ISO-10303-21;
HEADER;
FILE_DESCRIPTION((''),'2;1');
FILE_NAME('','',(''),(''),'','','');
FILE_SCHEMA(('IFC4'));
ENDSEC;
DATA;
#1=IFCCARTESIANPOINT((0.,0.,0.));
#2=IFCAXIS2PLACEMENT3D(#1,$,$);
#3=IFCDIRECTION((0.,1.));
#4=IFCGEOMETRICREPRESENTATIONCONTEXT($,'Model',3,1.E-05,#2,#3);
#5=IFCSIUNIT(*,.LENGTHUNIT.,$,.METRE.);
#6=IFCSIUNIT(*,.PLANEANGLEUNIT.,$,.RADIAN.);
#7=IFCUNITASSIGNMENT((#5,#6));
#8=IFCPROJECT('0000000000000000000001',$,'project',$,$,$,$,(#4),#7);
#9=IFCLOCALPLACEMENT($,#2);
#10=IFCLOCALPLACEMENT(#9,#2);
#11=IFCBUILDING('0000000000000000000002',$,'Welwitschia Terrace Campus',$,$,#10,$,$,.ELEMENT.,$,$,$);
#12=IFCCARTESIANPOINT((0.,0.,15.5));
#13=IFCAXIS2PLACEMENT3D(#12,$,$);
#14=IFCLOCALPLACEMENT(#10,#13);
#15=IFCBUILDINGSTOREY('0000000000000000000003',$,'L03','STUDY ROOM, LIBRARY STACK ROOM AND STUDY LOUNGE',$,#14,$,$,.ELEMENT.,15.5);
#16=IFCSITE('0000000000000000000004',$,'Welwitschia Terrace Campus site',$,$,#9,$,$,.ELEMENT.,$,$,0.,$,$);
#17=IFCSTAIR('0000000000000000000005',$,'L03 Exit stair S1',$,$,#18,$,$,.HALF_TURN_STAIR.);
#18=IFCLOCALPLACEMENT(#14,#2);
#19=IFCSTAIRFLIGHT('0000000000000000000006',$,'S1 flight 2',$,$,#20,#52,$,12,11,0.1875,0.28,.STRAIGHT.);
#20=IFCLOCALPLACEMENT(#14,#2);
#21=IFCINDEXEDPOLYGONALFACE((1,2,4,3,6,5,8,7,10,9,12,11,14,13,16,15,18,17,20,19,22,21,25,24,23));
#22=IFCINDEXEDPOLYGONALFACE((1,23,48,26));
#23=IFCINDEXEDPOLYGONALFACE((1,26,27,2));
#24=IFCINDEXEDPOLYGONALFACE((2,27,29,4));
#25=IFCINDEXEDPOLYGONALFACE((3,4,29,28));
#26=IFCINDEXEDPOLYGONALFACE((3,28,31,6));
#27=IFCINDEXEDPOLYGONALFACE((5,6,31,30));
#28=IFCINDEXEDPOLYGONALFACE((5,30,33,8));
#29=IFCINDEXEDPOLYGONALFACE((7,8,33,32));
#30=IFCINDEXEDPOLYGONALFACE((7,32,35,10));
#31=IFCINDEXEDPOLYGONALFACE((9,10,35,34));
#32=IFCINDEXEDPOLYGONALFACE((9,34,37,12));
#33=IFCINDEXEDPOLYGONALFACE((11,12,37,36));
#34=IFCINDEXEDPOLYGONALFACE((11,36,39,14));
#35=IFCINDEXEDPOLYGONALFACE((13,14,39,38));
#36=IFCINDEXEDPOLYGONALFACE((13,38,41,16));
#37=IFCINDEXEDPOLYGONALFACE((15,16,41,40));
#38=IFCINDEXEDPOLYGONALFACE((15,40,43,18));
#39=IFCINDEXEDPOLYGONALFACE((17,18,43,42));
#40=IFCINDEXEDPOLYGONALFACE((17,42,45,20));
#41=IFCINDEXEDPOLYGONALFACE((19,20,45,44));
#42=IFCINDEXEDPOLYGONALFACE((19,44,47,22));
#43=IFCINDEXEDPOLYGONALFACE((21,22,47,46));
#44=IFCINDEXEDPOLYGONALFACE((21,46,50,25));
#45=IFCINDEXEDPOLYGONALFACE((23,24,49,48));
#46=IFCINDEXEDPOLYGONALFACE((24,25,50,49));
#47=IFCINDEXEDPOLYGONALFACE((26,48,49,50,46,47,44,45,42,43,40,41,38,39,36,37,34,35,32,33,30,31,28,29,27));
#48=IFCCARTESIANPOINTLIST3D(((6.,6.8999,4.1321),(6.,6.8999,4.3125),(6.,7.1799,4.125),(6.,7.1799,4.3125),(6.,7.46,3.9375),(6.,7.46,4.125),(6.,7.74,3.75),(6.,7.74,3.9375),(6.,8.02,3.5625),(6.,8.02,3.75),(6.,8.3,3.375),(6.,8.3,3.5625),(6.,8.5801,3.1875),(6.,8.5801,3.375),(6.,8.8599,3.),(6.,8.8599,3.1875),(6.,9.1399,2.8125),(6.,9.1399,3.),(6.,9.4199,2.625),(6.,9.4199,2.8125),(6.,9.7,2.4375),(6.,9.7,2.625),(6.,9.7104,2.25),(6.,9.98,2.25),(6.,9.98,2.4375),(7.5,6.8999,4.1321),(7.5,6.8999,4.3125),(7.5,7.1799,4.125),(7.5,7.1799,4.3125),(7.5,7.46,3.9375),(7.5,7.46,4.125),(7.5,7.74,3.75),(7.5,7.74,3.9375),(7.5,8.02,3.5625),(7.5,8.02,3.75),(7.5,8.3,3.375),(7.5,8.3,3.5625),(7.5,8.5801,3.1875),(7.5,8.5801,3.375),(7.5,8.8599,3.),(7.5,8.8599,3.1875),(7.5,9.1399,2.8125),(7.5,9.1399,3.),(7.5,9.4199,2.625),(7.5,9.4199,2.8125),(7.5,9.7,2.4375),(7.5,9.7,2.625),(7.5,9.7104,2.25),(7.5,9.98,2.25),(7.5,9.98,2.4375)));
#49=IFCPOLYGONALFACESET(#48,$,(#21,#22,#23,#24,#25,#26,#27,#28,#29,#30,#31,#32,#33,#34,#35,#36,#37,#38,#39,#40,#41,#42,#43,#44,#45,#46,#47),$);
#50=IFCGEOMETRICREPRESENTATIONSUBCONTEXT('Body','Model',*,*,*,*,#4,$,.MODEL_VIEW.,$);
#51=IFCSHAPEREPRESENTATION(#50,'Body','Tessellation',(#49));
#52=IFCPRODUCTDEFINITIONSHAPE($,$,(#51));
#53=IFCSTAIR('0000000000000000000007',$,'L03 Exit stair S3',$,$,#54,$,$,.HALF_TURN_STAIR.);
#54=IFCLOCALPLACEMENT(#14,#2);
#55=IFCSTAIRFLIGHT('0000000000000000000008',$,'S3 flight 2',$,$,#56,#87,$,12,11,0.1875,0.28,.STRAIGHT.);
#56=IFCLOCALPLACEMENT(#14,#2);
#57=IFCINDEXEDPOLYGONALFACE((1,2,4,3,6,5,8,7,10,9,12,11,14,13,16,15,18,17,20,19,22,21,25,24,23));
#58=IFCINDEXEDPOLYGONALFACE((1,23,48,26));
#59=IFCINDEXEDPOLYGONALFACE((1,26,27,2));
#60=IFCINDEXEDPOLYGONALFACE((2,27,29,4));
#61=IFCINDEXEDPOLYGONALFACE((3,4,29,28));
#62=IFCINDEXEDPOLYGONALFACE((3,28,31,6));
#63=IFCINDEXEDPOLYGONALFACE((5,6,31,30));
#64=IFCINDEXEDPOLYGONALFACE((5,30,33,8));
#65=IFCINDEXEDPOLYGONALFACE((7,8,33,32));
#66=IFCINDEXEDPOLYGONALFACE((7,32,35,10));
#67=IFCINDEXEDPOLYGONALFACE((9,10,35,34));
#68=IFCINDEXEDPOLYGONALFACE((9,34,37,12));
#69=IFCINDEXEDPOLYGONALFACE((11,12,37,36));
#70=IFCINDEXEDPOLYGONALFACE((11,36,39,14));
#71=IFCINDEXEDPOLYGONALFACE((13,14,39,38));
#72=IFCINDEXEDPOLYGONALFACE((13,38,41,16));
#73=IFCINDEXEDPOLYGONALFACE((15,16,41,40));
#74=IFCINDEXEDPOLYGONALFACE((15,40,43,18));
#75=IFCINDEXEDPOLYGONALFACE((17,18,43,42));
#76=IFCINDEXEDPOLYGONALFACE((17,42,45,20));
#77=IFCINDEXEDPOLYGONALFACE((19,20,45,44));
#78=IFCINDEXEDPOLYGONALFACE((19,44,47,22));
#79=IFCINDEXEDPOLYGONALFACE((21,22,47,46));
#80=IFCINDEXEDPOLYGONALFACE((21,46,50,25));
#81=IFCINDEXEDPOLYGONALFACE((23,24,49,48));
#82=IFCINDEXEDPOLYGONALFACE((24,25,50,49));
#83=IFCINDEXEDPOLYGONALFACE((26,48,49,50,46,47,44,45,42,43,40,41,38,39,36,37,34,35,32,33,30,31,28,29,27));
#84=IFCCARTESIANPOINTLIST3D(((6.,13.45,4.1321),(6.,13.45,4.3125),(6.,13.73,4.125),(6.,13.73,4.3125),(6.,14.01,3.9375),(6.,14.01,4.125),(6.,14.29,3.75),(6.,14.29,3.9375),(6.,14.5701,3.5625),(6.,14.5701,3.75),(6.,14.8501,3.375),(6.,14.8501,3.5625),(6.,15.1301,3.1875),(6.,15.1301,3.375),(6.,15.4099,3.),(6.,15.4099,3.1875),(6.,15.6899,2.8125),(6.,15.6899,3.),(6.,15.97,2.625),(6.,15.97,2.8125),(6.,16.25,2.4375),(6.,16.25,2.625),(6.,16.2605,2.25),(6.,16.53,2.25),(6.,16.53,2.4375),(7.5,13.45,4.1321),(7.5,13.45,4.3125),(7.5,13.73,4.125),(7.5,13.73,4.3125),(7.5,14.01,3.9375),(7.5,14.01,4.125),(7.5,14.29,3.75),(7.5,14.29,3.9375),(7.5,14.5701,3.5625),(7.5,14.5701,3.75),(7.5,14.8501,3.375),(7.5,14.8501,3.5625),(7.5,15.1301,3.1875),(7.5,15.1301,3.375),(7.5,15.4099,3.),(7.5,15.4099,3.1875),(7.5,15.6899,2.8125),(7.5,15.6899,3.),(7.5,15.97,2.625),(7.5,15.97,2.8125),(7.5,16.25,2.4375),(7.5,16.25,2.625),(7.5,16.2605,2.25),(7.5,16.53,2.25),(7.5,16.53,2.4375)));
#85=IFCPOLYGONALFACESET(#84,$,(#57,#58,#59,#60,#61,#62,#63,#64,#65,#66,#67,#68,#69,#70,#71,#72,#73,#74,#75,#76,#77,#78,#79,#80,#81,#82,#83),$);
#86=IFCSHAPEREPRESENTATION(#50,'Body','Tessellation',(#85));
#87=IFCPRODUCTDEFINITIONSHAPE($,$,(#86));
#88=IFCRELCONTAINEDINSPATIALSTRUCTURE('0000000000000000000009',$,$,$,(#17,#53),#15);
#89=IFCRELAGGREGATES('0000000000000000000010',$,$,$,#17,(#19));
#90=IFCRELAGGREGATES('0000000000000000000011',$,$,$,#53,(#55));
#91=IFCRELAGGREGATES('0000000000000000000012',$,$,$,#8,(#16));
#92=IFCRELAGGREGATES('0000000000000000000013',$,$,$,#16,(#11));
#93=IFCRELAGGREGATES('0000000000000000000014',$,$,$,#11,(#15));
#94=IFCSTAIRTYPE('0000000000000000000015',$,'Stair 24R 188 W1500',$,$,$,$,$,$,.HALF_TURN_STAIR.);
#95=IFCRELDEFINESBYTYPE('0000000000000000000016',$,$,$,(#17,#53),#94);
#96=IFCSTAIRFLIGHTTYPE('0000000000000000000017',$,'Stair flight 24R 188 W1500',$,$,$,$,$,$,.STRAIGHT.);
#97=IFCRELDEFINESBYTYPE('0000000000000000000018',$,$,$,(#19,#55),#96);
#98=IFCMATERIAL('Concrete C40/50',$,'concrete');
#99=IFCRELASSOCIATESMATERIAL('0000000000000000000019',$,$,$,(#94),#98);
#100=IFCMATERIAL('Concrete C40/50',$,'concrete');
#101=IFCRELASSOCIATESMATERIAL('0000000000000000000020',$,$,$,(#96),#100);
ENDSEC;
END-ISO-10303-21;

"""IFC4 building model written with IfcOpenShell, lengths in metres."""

from ifc_helpers import new_model, si_unit, direction, frame, origin, place, context, subcontext, project, spatial, polyline, outline, extrude, material, type_object, element, aggregate, save


model = new_model("IFC4")

# Units and contexts
model_context = context("Model", 3, precision=1e-05, world=origin(), true_north=direction((0.0, 1.0)))
body_context = subcontext(model_context, "Body", "Model", "MODEL_VIEW")
ifc_project = project(units=[si_unit("LENGTHUNIT", "METRE"), si_unit("PLANEANGLEUNIT", "RADIAN")], contexts=[model_context])

# Site, building, storey
site_placement = place(None, origin())
site = spatial("IfcSite", under=ifc_project, at=site_placement, Name="Welwitschia Terrace Campus site", CompositionType="ELEMENT", RefElevation=0.0)
building_placement = place(site_placement, origin())
building = spatial("IfcBuilding", under=site, at=building_placement, Name="Welwitschia Terrace Campus", CompositionType="ELEMENT")
storey_placement = place(building_placement, frame((0.0, 0.0, 15.5)))
storey = spatial("IfcBuildingStorey", under=building, at=storey_placement, Name="L03", Description="STUDY ROOM, LIBRARY STACK ROOM AND STUDY LOUNGE", CompositionType="ELEMENT", Elevation=15.5)

# Stairs, stair flights
ifc_material_1 = material(Name="Concrete C40/50", Category="concrete")
stair_type = type_object("IfcStairType", Name="Stair 24R 188 W1500", PredefinedType="HALF_TURN_STAIR", material=ifc_material_1)
stair_1_placement = place(storey_placement, origin())
stair_1 = element("IfcStair", 1, at=stair_1_placement, inside=storey, type_object=stair_type, Name="L03 Exit stair S1", PredefinedType="HALF_TURN_STAIR")
ifc_material_2 = material(Name="Concrete C40/50", Category="concrete")
stair_flight_type = type_object("IfcStairFlightType", Name="Stair flight 24R 188 W1500", PredefinedType="STRAIGHT", material=ifc_material_2)
stair_flight_1_placement = place(storey_placement, frame((6.75, 9.98, 2.25), z_axis=(0.0, 0.0, 1.0), x_axis=(0.0, -1.0, 0.0)))
stair_flight_1 = element("IfcStairFlight", 2, at=stair_flight_1_placement, type_object=stair_flight_type, Name="S1 flight 2", NumberOfRisers=12, NumberOfTreads=11, PredefinedType="STRAIGHT", RiserHeight=0.1875, TreadLength=0.28, context=body_context, shape_type="SweptSolid", body=[
    extrude(outline(polyline([(0.0, 0.0), (0.0, 0.1875), (0.28, 0.1875), (0.28, 0.375), (0.5601, 0.375), (0.5601, 0.5625), (0.8401, 0.5625), (0.8401, 0.75), (1.1201, 0.75), (1.1201, 0.9375), (1.3999, 0.9375), (1.3999, 1.125), (1.6799, 1.125), (1.6799, 1.3125), (1.96, 1.3125), (1.96, 1.5), (2.24, 1.5), (2.24, 1.6875), (2.52, 1.6875), (2.52, 1.875), (2.8, 1.875), (2.8, 2.0625), (3.0801, 2.0625), (3.0801, 2.25), (3.0801, 1.8821), (0.2695, 0.0), (0.0, 0.0)])), frame((0.0, 0.75, 0.0), z_axis=(0.0, -1.0, 0.0), x_axis=(1.0, 0.0, 0.0)), (0.0, 0.0, 1.0), 1.5),
])
aggregate(stair_1, [stair_flight_1])
stair_2_placement = place(storey_placement, origin())
stair_2 = element("IfcStair", 3, at=stair_2_placement, inside=storey, type_object=stair_type, Name="L03 Exit stair S3", PredefinedType="HALF_TURN_STAIR")
stair_flight_2_placement = place(storey_placement, frame((6.75, 16.53, 2.25), z_axis=(0.0, 0.0, 1.0), x_axis=(0.0, -1.0, 0.0)))
stair_flight_2 = element("IfcStairFlight", 4, at=stair_flight_2_placement, type_object=stair_flight_type, Name="S3 flight 2", NumberOfRisers=12, NumberOfTreads=11, PredefinedType="STRAIGHT", RiserHeight=0.1875, TreadLength=0.28, context=body_context, shape_type="SweptSolid", body=[
    extrude(outline(polyline([(0.0, 0.0), (0.0, 0.1875), (0.28, 0.1875), (0.28, 0.375), (0.5601, 0.375), (0.5601, 0.5625), (0.8401, 0.5625), (0.8401, 0.75), (1.1201, 0.75), (1.1201, 0.9375), (1.3999, 0.9375), (1.3999, 1.125), (1.6799, 1.125), (1.6799, 1.3125), (1.96, 1.3125), (1.96, 1.5), (2.24, 1.5), (2.24, 1.6875), (2.52, 1.6875), (2.52, 1.875), (2.8, 1.875), (2.8, 2.0625), (3.0801, 2.0625), (3.0801, 2.25), (3.0801, 1.8821), (0.2695, 0.0), (0.0, 0.0)])), frame((0.0, 0.75, 0.0), z_axis=(0.0, -1.0, 0.0), x_axis=(1.0, 0.0, 0.0)), (0.0, 0.0, 1.0), 1.5),
])
aggregate(stair_2, [stair_flight_2])

save(model, "model.ifc")
